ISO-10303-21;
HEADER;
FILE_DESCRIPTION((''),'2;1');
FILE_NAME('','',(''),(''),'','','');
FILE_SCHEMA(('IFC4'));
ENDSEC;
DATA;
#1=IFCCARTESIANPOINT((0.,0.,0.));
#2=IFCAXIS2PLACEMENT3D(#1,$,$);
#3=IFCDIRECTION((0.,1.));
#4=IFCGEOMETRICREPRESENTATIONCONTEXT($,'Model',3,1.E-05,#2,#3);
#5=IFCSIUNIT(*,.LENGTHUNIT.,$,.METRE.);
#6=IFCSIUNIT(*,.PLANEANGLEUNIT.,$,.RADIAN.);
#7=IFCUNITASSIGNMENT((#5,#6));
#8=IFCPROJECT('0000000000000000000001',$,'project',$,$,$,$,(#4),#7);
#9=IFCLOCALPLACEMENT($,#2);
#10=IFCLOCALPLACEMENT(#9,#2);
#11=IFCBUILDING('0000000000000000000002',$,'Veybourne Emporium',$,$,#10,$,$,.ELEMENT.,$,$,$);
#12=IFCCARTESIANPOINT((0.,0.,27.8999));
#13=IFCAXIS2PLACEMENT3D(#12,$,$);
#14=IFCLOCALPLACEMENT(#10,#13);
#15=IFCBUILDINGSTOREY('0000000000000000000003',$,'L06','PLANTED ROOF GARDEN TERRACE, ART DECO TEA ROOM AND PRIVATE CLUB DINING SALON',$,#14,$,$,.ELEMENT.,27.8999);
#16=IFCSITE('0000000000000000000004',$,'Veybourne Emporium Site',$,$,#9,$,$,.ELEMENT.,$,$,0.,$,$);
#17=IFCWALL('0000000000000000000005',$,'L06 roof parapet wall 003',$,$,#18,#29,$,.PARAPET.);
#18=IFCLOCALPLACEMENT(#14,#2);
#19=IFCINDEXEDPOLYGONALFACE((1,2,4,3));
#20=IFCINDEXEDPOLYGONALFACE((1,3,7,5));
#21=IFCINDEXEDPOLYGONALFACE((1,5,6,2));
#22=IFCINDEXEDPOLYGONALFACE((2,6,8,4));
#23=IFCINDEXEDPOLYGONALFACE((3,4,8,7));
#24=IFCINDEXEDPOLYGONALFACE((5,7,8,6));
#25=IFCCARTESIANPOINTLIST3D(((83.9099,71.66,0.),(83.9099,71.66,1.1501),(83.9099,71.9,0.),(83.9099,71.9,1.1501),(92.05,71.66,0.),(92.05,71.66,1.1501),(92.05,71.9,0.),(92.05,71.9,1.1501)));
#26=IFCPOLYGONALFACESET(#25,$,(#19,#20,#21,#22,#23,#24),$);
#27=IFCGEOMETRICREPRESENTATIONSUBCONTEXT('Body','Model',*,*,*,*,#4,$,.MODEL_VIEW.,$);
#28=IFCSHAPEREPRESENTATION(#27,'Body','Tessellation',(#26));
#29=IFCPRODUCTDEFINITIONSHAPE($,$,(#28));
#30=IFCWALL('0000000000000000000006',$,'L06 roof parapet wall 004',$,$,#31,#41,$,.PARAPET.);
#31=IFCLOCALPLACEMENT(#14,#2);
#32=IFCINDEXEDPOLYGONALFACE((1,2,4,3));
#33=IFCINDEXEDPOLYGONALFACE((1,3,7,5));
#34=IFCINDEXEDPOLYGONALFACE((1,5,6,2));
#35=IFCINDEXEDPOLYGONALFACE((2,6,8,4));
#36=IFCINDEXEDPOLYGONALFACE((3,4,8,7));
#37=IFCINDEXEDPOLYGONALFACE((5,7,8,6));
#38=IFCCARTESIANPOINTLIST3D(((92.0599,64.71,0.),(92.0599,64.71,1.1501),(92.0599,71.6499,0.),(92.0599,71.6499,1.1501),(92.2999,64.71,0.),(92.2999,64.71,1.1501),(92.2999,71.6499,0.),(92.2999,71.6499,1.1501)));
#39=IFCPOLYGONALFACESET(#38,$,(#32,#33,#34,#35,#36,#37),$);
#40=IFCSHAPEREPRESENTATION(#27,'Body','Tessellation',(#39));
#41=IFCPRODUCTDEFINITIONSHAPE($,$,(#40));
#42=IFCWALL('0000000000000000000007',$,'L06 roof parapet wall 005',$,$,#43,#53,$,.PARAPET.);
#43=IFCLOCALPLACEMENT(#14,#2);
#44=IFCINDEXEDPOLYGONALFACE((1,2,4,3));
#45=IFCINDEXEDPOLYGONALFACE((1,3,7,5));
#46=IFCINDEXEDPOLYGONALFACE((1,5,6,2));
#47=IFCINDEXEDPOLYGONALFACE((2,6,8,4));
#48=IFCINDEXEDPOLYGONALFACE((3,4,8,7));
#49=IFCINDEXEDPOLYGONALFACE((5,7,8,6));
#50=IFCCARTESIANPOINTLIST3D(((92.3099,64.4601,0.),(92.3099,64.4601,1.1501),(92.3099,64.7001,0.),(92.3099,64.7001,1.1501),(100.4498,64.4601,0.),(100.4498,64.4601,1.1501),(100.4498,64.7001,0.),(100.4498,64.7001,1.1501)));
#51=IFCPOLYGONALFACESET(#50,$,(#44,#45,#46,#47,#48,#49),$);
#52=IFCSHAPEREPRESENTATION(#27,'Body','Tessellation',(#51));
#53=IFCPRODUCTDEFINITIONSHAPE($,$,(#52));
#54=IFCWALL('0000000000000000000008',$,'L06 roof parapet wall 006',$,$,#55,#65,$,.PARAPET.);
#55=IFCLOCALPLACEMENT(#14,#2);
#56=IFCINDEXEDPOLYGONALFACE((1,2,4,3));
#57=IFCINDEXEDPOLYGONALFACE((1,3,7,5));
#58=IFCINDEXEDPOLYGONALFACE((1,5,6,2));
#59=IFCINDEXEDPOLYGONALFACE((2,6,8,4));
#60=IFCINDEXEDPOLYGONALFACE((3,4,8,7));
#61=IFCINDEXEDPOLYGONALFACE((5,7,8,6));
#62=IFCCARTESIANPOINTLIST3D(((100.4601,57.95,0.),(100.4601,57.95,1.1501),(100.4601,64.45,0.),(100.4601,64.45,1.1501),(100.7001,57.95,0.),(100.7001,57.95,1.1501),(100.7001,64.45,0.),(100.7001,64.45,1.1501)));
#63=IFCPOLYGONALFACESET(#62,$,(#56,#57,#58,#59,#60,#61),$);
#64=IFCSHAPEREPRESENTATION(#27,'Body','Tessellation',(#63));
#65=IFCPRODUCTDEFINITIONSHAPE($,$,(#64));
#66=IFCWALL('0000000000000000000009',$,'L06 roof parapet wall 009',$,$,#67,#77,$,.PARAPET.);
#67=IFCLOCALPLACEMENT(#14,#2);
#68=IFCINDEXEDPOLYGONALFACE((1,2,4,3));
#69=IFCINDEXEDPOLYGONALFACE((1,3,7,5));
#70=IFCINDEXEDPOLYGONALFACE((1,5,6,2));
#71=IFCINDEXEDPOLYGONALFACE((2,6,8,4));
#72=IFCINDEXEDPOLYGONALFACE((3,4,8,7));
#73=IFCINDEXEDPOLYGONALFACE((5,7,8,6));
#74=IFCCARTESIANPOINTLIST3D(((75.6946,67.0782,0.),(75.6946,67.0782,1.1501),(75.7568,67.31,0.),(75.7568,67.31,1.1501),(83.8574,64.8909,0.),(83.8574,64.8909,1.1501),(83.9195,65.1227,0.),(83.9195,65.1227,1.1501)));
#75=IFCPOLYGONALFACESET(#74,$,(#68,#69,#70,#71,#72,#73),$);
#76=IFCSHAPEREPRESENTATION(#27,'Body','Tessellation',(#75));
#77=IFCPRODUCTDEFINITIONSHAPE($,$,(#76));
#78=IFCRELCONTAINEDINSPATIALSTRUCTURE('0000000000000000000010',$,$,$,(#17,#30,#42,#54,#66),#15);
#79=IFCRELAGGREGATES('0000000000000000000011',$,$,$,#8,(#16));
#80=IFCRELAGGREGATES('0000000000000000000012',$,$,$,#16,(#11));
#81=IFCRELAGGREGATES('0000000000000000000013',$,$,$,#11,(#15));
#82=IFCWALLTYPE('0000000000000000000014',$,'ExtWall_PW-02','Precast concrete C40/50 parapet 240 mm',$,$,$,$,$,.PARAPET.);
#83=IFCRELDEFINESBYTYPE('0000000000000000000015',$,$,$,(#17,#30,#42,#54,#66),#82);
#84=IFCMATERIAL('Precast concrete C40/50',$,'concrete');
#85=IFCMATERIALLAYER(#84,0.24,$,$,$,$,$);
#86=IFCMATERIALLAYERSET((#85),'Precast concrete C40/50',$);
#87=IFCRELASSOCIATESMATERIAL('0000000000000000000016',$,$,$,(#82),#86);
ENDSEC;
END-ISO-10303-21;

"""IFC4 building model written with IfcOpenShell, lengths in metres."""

from ifc_helpers import new_model, si_unit, direction, frame, frame_2d, origin, place, context, subcontext, project, spatial, rectangle, extrude, material, layer, layer_set, type_object, element, save


model = new_model("IFC4")

# Units and contexts
model_context = context("Model", 3, precision=1e-05, world=origin(), true_north=direction((0.0, 1.0)))
body_context = subcontext(model_context, "Body", "Model", "MODEL_VIEW")
ifc_project = project(units=[si_unit("LENGTHUNIT", "METRE"), si_unit("PLANEANGLEUNIT", "RADIAN")], contexts=[model_context])

# Site, building, storey
site_placement = place(None, origin())
site = spatial("IfcSite", under=ifc_project, at=site_placement, Name="Veybourne Emporium Site", CompositionType="ELEMENT", RefElevation=0.0)
building_placement = place(site_placement, origin())
building = spatial("IfcBuilding", under=site, at=building_placement, Name="Veybourne Emporium", CompositionType="ELEMENT")
storey_placement = place(building_placement, frame((0.0, 0.0, 27.8999)))
storey = spatial("IfcBuildingStorey", under=building, at=storey_placement, Name="L06", Description="PLANTED ROOF GARDEN TERRACE, ART DECO TEA ROOM AND PRIVATE CLUB DINING SALON", CompositionType="ELEMENT", Elevation=27.8999)

# Walls
ifc_material_1 = material(Name="Precast concrete C40/50", Category="concrete")
ifc_layer_1 = layer(ifc_material_1, 0.24)
ifc_layer_set_1 = layer_set([ifc_layer_1], Name="Precast concrete C40/50")
wall_type = type_object("IfcWallType", Name="ExtWall_PW-02", Description="Precast concrete C40/50 parapet 240 mm", PredefinedType="PARAPET", material=ifc_layer_set_1)
wall_1_placement = place(storey_placement, frame((83.9099, 71.78, 0.0), z_axis=(0.0, 0.0, 1.0), x_axis=(1.0, 0.0, 0.0)))
element("IfcWall", 1, at=wall_1_placement, inside=storey, type_object=wall_type, Name="L06 roof parapet wall 003", PredefinedType="PARAPET", context=body_context, shape_type="SweptSolid", body=[
    extrude(rectangle(XDim=8.1401, YDim=0.24, at=frame_2d((4.0701, 0.0))), origin(), (0.0, 0.0, 1.0), 1.1501),
])
wall_2_placement = place(storey_placement, frame((92.1799, 71.6499, 0.0), z_axis=(0.0, 0.0, 1.0), x_axis=(0.0, -1.0, 0.0)))
element("IfcWall", 2, at=wall_2_placement, inside=storey, type_object=wall_type, Name="L06 roof parapet wall 004", PredefinedType="PARAPET", context=body_context, shape_type="SweptSolid", body=[
    extrude(rectangle(XDim=6.9399, YDim=0.24, at=frame_2d((3.47, 0.0))), origin(), (0.0, 0.0, 1.0), 1.1501),
])
wall_3_placement = place(storey_placement, frame((92.3101, 64.5801, 0.0), z_axis=(0.0, 0.0, 1.0), x_axis=(1.0, 0.0, 0.0)))
element("IfcWall", 3, at=wall_3_placement, inside=storey, type_object=wall_type, Name="L06 roof parapet wall 005", PredefinedType="PARAPET", context=body_context, shape_type="SweptSolid", body=[
    extrude(rectangle(XDim=8.1399, YDim=0.24, at=frame_2d((4.0698, 0.0))), origin(), (0.0, 0.0, 1.0), 1.1501),
])
wall_4_placement = place(storey_placement, frame((100.5801, 64.45, 0.0), z_axis=(0.0, 0.0, 1.0), x_axis=(0.0, -1.0, 0.0)))
element("IfcWall", 4, at=wall_4_placement, inside=storey, type_object=wall_type, Name="L06 roof parapet wall 006", PredefinedType="PARAPET", context=body_context, shape_type="SweptSolid", body=[
    extrude(rectangle(XDim=6.5, YDim=0.24, at=frame_2d((3.25, 0.0))), origin(), (0.0, 0.0, 1.0), 1.1501),
])
wall_5_placement = place(storey_placement, frame((83.8884, 65.0068, 0.0), z_axis=(0.0, 0.0, 1.0), x_axis=(-0.965925, 0.258822, 0.0)))
element("IfcWall", 5, at=wall_5_placement, inside=storey, type_object=wall_type, Name="L06 roof parapet wall 009", PredefinedType="PARAPET", context=body_context, shape_type="SweptSolid", body=[
    extrude(rectangle(XDim=8.4507, YDim=0.24, at=frame_2d((4.2253, 0.0))), origin(), (0.0, 0.0, 1.0), 1.1501),
])

save(model, "model.ifc")
